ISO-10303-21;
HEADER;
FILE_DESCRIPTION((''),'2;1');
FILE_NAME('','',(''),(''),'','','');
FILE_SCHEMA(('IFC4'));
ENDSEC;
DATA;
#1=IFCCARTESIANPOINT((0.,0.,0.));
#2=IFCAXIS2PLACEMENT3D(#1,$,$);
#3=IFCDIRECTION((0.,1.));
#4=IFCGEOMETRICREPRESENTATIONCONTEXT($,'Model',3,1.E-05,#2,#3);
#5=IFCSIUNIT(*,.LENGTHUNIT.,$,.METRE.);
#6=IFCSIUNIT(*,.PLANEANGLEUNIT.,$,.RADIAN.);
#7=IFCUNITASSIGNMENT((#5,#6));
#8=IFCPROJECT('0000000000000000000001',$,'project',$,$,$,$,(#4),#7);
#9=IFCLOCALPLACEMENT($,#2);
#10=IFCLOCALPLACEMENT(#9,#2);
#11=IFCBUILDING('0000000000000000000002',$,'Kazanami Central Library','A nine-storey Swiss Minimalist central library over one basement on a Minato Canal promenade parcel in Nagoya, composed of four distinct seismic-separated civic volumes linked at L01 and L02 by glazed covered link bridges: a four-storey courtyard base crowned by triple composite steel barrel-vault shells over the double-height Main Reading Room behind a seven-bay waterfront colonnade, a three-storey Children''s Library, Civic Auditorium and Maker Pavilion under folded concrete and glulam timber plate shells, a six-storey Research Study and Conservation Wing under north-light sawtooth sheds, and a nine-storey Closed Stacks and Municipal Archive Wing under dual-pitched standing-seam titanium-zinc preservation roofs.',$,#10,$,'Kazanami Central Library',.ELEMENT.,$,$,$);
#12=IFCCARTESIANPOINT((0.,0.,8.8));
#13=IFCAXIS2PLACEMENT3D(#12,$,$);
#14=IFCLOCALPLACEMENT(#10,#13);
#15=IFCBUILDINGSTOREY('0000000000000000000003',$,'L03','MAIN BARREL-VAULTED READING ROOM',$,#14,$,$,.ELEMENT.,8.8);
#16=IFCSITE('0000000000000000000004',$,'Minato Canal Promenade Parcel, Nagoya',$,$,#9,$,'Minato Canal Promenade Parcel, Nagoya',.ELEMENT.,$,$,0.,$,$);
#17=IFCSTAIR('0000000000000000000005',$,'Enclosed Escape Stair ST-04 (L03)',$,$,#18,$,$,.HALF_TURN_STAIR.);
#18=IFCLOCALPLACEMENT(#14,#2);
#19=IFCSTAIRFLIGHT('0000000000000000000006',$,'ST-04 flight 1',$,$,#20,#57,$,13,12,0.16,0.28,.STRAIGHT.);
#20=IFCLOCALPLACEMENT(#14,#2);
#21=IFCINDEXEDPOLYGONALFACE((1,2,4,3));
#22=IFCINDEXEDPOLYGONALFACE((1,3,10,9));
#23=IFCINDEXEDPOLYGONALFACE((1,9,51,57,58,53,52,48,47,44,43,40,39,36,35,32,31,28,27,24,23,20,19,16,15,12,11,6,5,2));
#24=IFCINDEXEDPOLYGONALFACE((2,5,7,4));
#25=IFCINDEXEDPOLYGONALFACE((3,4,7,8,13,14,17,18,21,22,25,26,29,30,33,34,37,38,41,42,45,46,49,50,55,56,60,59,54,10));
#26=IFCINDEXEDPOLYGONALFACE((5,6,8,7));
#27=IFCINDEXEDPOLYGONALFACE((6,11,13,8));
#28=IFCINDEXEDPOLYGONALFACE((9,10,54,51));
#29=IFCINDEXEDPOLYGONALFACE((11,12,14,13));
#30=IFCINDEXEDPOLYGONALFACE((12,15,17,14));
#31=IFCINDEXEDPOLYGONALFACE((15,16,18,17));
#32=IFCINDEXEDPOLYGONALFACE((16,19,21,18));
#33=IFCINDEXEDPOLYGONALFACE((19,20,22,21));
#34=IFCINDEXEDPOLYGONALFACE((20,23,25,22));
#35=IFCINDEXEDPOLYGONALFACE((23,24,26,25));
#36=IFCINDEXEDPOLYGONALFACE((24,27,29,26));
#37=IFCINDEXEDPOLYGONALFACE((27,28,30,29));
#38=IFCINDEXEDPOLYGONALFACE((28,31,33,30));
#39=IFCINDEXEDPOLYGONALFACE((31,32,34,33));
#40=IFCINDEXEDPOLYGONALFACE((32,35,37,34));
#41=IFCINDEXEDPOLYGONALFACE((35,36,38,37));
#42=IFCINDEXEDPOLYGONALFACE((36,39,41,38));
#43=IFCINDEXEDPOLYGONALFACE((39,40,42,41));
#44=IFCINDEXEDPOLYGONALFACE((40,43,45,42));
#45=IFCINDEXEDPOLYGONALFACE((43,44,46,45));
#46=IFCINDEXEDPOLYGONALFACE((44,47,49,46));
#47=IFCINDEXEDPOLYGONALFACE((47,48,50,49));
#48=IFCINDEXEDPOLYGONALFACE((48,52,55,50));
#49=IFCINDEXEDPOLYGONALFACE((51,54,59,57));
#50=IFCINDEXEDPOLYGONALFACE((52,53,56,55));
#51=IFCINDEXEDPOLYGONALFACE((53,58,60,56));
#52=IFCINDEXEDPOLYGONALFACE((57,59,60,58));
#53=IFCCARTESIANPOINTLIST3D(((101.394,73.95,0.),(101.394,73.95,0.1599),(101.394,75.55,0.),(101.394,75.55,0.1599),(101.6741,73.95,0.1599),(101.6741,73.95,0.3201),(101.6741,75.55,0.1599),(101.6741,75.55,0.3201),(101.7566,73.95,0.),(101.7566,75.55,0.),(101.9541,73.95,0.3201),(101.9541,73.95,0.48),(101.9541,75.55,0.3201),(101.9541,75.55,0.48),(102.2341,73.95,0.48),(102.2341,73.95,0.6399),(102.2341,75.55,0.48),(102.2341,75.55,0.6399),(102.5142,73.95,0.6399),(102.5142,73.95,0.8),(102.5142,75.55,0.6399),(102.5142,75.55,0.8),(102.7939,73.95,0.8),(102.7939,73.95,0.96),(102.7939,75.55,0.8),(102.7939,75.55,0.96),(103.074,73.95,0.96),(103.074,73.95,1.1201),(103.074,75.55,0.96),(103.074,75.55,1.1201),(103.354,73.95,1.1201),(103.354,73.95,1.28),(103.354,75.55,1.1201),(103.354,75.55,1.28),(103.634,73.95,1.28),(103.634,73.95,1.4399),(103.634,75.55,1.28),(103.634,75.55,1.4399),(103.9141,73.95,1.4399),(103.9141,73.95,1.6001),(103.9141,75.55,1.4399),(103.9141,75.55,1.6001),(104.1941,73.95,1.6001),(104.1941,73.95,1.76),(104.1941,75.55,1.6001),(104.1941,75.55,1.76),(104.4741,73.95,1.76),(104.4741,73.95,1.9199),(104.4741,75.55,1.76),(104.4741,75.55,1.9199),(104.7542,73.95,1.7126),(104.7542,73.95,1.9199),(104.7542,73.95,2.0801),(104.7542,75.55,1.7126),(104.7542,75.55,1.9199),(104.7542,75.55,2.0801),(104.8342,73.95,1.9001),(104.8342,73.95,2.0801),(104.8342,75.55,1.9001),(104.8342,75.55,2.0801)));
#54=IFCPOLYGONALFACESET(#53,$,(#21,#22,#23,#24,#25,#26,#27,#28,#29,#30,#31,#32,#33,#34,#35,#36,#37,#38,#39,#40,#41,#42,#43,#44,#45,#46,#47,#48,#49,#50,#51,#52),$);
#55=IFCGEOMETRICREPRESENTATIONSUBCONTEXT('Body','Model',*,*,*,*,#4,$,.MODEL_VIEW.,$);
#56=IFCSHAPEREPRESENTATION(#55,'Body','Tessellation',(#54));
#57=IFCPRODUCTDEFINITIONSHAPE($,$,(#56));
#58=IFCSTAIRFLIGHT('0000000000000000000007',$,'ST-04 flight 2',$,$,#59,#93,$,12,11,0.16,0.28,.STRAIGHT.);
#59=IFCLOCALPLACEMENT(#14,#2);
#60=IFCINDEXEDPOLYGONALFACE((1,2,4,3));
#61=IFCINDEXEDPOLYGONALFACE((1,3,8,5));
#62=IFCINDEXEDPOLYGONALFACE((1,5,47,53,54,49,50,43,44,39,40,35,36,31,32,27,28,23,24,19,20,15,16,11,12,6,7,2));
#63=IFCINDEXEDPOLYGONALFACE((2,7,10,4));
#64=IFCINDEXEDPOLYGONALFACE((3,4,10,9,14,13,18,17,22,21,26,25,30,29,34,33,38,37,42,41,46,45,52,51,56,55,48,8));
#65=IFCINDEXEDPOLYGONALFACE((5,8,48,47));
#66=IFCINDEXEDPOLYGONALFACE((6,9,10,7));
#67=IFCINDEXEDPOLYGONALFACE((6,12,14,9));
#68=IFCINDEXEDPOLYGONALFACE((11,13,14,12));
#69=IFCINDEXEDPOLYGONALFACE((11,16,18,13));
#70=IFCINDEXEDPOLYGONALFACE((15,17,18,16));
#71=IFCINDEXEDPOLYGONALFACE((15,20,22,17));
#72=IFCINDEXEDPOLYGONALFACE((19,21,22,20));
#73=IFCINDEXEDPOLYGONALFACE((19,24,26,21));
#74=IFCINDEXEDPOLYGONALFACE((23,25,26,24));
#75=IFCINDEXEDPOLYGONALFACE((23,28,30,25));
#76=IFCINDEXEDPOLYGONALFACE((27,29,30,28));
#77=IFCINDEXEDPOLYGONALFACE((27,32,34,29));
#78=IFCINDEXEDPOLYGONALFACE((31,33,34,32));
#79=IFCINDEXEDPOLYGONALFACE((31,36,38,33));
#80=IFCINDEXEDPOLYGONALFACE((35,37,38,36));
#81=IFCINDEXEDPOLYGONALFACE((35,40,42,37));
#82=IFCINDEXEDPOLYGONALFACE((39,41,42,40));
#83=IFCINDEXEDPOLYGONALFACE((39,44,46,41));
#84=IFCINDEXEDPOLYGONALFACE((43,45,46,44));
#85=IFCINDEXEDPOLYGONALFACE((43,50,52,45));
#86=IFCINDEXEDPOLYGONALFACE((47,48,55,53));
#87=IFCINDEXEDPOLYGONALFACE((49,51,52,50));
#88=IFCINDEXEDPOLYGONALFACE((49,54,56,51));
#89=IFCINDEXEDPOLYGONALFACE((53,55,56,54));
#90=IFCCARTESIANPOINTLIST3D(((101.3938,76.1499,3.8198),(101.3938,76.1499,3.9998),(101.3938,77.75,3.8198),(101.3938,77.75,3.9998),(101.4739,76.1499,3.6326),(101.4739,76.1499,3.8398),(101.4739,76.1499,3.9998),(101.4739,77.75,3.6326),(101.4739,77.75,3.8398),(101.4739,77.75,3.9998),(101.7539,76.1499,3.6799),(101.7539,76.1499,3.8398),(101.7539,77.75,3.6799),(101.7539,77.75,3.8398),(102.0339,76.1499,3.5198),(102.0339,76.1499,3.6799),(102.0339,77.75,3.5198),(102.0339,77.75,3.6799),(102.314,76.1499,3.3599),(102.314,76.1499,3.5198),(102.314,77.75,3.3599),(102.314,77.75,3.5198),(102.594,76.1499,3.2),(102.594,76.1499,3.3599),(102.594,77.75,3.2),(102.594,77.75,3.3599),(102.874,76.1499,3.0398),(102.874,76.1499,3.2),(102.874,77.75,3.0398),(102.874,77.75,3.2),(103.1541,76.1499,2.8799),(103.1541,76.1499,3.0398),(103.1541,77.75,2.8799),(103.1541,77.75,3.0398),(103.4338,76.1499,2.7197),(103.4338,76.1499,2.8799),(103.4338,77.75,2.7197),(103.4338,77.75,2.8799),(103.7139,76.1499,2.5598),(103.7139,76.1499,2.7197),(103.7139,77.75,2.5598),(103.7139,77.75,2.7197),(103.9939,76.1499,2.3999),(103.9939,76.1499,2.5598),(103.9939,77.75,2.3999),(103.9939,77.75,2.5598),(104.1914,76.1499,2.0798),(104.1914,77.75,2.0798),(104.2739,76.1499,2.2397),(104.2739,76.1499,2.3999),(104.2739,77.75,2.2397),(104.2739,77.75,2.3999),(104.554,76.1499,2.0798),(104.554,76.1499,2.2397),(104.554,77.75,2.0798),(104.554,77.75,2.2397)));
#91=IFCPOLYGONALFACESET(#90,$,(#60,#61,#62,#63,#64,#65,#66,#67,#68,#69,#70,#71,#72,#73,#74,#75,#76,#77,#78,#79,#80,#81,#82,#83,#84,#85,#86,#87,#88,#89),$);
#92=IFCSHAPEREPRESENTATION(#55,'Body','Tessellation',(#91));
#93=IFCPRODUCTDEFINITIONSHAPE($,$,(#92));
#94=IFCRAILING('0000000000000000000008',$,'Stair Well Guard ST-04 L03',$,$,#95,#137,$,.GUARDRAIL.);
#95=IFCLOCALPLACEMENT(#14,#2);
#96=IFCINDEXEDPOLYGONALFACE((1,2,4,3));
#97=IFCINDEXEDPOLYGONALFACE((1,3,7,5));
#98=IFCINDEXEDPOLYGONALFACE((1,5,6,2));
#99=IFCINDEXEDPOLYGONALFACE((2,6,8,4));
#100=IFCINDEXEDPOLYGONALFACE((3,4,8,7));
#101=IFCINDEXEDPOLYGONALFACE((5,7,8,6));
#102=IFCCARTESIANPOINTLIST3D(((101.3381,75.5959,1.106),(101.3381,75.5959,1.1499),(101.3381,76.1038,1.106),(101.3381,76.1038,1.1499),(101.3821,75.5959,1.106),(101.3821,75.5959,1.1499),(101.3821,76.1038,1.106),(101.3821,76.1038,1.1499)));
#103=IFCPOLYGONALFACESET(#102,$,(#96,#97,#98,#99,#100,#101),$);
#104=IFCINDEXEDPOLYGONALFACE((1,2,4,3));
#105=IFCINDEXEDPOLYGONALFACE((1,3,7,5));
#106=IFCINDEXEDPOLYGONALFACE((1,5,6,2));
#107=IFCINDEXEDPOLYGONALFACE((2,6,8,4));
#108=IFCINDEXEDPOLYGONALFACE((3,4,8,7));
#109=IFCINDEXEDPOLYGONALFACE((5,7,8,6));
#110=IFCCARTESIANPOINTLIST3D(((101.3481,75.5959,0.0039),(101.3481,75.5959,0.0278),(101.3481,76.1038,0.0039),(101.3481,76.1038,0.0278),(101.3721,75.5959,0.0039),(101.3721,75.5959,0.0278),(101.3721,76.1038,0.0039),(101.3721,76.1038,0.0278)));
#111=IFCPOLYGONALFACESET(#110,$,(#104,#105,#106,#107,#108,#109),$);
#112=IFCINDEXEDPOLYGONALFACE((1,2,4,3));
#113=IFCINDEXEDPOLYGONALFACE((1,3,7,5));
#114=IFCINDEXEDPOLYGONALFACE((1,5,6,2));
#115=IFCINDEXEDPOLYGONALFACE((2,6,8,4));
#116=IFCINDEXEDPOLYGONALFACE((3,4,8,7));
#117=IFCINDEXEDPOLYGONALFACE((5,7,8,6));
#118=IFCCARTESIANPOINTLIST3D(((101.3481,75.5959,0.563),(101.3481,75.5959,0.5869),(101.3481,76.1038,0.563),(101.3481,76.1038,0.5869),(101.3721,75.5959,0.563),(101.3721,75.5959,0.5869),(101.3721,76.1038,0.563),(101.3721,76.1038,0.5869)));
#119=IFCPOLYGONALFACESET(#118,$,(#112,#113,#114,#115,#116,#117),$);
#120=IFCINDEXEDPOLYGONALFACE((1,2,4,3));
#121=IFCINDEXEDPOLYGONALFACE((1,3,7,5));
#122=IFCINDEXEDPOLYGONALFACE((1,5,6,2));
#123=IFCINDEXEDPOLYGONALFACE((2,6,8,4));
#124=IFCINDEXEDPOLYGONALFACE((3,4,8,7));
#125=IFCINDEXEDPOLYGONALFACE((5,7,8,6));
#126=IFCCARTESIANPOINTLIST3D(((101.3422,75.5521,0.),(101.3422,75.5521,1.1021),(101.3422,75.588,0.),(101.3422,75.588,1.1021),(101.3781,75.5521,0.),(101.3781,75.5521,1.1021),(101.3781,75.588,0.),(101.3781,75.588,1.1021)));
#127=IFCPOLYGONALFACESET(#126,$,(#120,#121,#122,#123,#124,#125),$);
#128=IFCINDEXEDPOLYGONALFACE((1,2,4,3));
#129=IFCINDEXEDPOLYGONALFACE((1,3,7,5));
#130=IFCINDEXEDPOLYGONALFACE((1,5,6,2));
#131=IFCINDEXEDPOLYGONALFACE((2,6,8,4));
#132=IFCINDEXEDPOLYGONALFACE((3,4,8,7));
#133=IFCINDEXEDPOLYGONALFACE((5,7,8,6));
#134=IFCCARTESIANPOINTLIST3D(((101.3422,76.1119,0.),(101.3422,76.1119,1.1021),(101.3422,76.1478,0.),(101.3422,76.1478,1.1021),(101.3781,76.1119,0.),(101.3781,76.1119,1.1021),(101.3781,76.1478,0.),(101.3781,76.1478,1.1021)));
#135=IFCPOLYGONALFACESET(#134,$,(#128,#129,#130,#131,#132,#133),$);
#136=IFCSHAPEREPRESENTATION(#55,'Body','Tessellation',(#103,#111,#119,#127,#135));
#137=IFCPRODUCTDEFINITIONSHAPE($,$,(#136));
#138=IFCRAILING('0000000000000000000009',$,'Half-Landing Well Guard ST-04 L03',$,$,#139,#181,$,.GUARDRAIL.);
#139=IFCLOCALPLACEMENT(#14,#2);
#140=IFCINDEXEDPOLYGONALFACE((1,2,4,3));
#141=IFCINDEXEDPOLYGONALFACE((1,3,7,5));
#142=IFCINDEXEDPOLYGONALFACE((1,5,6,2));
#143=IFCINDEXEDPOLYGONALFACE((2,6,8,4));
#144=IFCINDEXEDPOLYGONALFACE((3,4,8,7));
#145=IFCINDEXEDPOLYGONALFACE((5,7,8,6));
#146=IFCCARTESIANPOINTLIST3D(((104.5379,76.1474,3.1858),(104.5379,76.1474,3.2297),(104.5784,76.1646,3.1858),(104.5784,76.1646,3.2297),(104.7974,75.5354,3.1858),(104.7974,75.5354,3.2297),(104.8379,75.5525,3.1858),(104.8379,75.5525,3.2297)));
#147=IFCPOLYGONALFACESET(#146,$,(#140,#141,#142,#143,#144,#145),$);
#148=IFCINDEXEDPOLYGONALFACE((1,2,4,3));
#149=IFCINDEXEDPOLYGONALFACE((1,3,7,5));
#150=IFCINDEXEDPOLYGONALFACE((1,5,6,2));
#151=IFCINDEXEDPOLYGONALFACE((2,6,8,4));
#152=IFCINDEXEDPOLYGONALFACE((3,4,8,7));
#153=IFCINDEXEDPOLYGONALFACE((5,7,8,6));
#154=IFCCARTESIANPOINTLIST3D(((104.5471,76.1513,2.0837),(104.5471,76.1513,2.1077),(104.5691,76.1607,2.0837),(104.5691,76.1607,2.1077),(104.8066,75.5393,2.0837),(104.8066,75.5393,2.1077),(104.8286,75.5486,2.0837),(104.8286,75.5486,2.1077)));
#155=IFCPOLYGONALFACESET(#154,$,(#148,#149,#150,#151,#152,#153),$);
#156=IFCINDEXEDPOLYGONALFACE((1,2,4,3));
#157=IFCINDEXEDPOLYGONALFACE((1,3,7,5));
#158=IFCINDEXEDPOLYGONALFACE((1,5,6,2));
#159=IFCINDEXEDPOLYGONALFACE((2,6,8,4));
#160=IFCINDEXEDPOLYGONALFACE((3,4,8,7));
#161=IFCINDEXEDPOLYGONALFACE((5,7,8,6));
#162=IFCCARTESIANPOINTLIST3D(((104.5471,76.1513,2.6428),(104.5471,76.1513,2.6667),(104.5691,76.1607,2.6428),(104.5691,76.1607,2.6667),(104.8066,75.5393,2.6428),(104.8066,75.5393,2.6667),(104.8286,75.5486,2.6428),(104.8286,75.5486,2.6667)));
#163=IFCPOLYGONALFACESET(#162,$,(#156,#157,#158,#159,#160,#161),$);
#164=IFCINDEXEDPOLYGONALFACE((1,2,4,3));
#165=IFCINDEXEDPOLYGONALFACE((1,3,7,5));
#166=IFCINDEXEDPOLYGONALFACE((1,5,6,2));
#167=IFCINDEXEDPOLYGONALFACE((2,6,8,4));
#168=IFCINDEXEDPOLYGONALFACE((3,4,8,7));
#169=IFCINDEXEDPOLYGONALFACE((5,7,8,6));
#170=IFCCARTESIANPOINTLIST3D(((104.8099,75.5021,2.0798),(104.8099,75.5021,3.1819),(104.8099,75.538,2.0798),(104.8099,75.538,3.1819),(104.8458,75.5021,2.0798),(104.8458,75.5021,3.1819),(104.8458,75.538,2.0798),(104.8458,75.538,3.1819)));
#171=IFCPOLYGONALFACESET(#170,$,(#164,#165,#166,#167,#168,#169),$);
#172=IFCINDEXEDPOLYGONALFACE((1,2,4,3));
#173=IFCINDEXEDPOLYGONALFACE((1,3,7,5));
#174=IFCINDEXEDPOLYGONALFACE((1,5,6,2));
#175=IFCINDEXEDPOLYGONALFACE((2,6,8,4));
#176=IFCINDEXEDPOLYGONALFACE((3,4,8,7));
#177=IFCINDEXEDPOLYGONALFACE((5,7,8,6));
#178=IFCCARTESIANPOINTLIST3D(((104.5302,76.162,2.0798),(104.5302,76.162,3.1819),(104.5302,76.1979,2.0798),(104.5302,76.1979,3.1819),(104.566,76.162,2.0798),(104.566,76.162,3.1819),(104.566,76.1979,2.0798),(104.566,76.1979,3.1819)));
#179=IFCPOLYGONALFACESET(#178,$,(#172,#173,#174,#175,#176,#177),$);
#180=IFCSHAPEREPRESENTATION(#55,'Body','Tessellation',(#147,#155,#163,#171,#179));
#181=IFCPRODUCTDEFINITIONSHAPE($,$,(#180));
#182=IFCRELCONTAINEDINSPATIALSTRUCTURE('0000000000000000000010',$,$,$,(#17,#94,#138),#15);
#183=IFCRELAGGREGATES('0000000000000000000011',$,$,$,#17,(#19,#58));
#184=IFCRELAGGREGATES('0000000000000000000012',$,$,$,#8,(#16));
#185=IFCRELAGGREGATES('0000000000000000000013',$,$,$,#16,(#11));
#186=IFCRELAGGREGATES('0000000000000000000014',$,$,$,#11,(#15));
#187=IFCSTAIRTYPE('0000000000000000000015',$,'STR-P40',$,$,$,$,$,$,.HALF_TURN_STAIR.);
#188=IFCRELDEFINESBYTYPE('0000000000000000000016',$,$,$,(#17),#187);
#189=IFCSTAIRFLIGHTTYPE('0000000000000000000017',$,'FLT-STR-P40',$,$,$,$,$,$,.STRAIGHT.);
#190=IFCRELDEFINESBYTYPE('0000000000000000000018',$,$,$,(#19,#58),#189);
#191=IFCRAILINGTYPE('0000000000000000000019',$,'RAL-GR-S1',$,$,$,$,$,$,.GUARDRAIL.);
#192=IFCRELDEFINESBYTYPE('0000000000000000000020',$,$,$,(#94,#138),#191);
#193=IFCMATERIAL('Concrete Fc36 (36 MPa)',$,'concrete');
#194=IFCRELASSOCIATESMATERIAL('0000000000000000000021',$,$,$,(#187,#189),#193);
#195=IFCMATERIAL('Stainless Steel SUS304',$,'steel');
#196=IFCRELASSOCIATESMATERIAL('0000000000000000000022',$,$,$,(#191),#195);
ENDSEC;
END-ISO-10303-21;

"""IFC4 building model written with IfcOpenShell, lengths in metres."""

from ifc_helpers import new_model, si_unit, direction, frame, origin, origin_2d, place, context, subcontext, project, spatial, polyline, rectangle, outline, extrude, material, type_object, element, aggregate, save


model = new_model("IFC4")

# Units and contexts
model_context = context("Model", 3, precision=1e-05, world=origin(), true_north=direction((0.0, 1.0)))
body_context = subcontext(model_context, "Body", "Model", "MODEL_VIEW")
ifc_project = project(units=[si_unit("LENGTHUNIT", "METRE"), si_unit("PLANEANGLEUNIT", "RADIAN")], contexts=[model_context])

# Site, building, storey
site_placement = place(None, origin())
site = spatial("IfcSite", under=ifc_project, at=site_placement, Name="Minato Canal Promenade Parcel, Nagoya", LongName="Minato Canal Promenade Parcel, Nagoya", CompositionType="ELEMENT", RefElevation=0.0)
building_placement = place(site_placement, origin())
building = spatial("IfcBuilding", under=site, at=building_placement, Name="Kazanami Central Library", Description="A nine-storey Swiss Minimalist central library over one basement on a Minato Canal promenade parcel in Nagoya, composed of four distinct seismic-separated civic volumes linked at L01 and L02 by glazed covered link bridges: a four-storey courtyard base crowned by triple composite steel barrel-vault shells over the double-height Main Reading Room behind a seven-bay waterfront colonnade, a three-storey Children's Library, Civic Auditorium and Maker Pavilion under folded concrete and glulam timber plate shells, a six-storey Research Study and Conservation Wing under north-light sawtooth sheds, and a nine-storey Closed Stacks and Municipal Archive Wing under dual-pitched standing-seam titanium-zinc preservation roofs.", LongName="Kazanami Central Library", CompositionType="ELEMENT")
storey_placement = place(building_placement, frame((0.0, 0.0, 8.8)))
storey = spatial("IfcBuildingStorey", under=building, at=storey_placement, Name="L03", Description="MAIN BARREL-VAULTED READING ROOM", CompositionType="ELEMENT", Elevation=8.8)

# Shared definitions
ifc_material_1 = material(Name="Concrete Fc36 (36 MPa)", Category="concrete")

# Shared definitions
ifc_material_2 = material(Name="Stainless Steel SUS304", Category="steel")

# Stair, stair flights
stair_type = type_object("IfcStairType", Name="STR-P40", PredefinedType="HALF_TURN_STAIR", material=ifc_material_1)
stair_placement = place(storey_placement, origin())
stair = element("IfcStair", 1, at=stair_placement, inside=storey, type_object=stair_type, Name="Enclosed Escape Stair ST-04 (L03)", PredefinedType="HALF_TURN_STAIR")
stair_flight_type = type_object("IfcStairFlightType", Name="FLT-STR-P40", PredefinedType="STRAIGHT", material=ifc_material_1)
stair_flight_1_placement = place(storey_placement, frame((101.394, 74.75, 0.0), z_axis=(0.0, 0.0, 1.0), x_axis=(1.0, 0.0, 0.0)))
stair_flight_1 = element("IfcStairFlight", 2, at=stair_flight_1_placement, type_object=stair_flight_type, Name="ST-04 flight 1", NumberOfRisers=13, NumberOfTreads=12, PredefinedType="STRAIGHT", RiserHeight=0.16, TreadLength=0.28, context=body_context, shape_type="SweptSolid", body=[
    extrude(outline(polyline([(0.0, 0.0), (0.0, 0.1599), (0.28, 0.1599), (0.28, 0.3201), (0.5601, 0.3201), (0.5601, 0.48), (0.8401, 0.48), (0.8401, 0.6399), (1.1201, 0.6399), (1.1201, 0.8), (1.3999, 0.8), (1.3999, 0.96), (1.6799, 0.96), (1.6799, 1.1201), (1.96, 1.1201), (1.96, 1.28), (2.24, 1.28), (2.24, 1.4399), (2.52, 1.4399), (2.52, 1.6001), (2.8, 1.6001), (2.8, 1.76), (3.0801, 1.76), (3.0801, 1.9199), (3.3601, 1.9199), (3.3601, 2.0801), (3.4402, 2.0801), (3.4402, 1.9001), (3.3601, 1.7126), (0.3625, 0.0), (0.0, 0.0)])), frame((0.0, 0.8, 0.0), z_axis=(0.0, -1.0, 0.0), x_axis=(1.0, 0.0, 0.0)), (0.0, 0.0, 1.0), 1.6001),
])
stair_flight_2_placement = place(storey_placement, frame((104.554, 76.95, 2.0798), z_axis=(0.0, 0.0, 1.0), x_axis=(-1.0, 0.0, 0.0)))
stair_flight_2 = element("IfcStairFlight", 3, at=stair_flight_2_placement, type_object=stair_flight_type, Name="ST-04 flight 2", NumberOfRisers=12, NumberOfTreads=11, PredefinedType="STRAIGHT", RiserHeight=0.16, TreadLength=0.28, context=body_context, shape_type="SweptSolid", body=[
    extrude(outline(polyline([(0.0, 0.0), (0.0, 0.1599), (0.28, 0.1599), (0.28, 0.3201), (0.5601, 0.3201), (0.5601, 0.48), (0.8401, 0.48), (0.8401, 0.6399), (1.1201, 0.6399), (1.1201, 0.8), (1.3999, 0.8), (1.3999, 0.96), (1.6799, 0.96), (1.6799, 1.1201), (1.96, 1.1201), (1.96, 1.28), (2.24, 1.28), (2.24, 1.4399), (2.52, 1.4399), (2.52, 1.6001), (2.8, 1.6001), (2.8, 1.76), (3.0801, 1.76), (3.0801, 1.9199), (3.1602, 1.9199), (3.1602, 1.74), (3.0801, 1.5527), (0.3625, 0.0), (0.0, 0.0)])), frame((0.0, 0.8, 0.0), z_axis=(0.0, -1.0, 0.0), x_axis=(1.0, 0.0, 0.0)), (0.0, 0.0, 1.0), 1.6001),
])
aggregate(stair, [stair_flight_1, stair_flight_2])

# Railings
railing_type_1 = type_object("IfcRailingType", Name="RAL-GR-S1", PredefinedType="GUARDRAIL", material=ifc_material_2)
railing_1_placement = place(storey_placement, frame((101.3601, 75.5701, 0.0)))
element("IfcRailing", 4, at=railing_1_placement, inside=storey, type_object=railing_type_1, Name="Stair Well Guard ST-04 L03", PredefinedType="GUARDRAIL", context=body_context, shape_type="SweptSolid", body=[
    extrude(rectangle(XDim=0.0439, YDim=0.0439, at=origin_2d()), frame((0.0, 0.0259, 1.1279), z_axis=(0.0, 1.0, 0.0), x_axis=(-1.0, 0.0, 0.0)), (0.0, 0.0, 1.0), 0.5078),
    extrude(rectangle(XDim=0.0239, YDim=0.0239, at=origin_2d()), frame((0.0, 0.0259, 0.0159), z_axis=(0.0, 1.0, 0.0), x_axis=(-1.0, 0.0, 0.0)), (0.0, 0.0, 1.0), 0.5078),
    extrude(rectangle(XDim=0.0239, YDim=0.0239, at=origin_2d()), frame((0.0, 0.0259, 0.575), z_axis=(0.0, 1.0, 0.0), x_axis=(-1.0, 0.0, 0.0)), (0.0, 0.0, 1.0), 0.5078),
    extrude(rectangle(XDim=0.0359, YDim=0.0359, at=origin_2d()), origin(), (0.0, 0.0, 1.0), 1.1021),
    extrude(rectangle(XDim=0.0359, YDim=0.0359, at=origin_2d()), frame((0.0, 0.5598, 0.0)), (0.0, 0.0, 1.0), 1.1021),
])
railing_2_placement = place(storey_placement, frame((104.8279, 75.52, 2.0798)))
element("IfcRailing", 5, at=railing_2_placement, inside=storey, type_object=railing_type_1, Name="Half-Landing Well Guard ST-04 L03", PredefinedType="GUARDRAIL", context=body_context, shape_type="SweptSolid", body=[
    extrude(rectangle(XDim=0.0439, YDim=0.0439, at=origin_2d()), frame((-0.0103, 0.0239, 1.1279), z_axis=(-0.39034, 0.920671, 0.0), x_axis=(-0.920671, -0.39034, 0.0)), (0.0, 0.0, 1.0), 0.6648),
    extrude(rectangle(XDim=0.0239, YDim=0.0239, at=origin_2d()), frame((-0.0103, 0.0239, 0.0159), z_axis=(-0.39034, 0.920671, 0.0), x_axis=(-0.920671, -0.39034, 0.0)), (0.0, 0.0, 1.0), 0.6648),
    extrude(rectangle(XDim=0.0239, YDim=0.0239, at=origin_2d()), frame((-0.0103, 0.0239, 0.575), z_axis=(-0.39034, 0.920671, 0.0), x_axis=(-0.920671, -0.39034, 0.0)), (0.0, 0.0, 1.0), 0.6648),
    extrude(rectangle(XDim=0.0359, YDim=0.0359, at=origin_2d()), origin(), (0.0, 0.0, 1.0), 1.1021),
    extrude(rectangle(XDim=0.0359, YDim=0.0359, at=origin_2d()), frame((-0.2798, 0.6599, 0.0)), (0.0, 0.0, 1.0), 1.1021),
])

save(model, "model.ifc")
